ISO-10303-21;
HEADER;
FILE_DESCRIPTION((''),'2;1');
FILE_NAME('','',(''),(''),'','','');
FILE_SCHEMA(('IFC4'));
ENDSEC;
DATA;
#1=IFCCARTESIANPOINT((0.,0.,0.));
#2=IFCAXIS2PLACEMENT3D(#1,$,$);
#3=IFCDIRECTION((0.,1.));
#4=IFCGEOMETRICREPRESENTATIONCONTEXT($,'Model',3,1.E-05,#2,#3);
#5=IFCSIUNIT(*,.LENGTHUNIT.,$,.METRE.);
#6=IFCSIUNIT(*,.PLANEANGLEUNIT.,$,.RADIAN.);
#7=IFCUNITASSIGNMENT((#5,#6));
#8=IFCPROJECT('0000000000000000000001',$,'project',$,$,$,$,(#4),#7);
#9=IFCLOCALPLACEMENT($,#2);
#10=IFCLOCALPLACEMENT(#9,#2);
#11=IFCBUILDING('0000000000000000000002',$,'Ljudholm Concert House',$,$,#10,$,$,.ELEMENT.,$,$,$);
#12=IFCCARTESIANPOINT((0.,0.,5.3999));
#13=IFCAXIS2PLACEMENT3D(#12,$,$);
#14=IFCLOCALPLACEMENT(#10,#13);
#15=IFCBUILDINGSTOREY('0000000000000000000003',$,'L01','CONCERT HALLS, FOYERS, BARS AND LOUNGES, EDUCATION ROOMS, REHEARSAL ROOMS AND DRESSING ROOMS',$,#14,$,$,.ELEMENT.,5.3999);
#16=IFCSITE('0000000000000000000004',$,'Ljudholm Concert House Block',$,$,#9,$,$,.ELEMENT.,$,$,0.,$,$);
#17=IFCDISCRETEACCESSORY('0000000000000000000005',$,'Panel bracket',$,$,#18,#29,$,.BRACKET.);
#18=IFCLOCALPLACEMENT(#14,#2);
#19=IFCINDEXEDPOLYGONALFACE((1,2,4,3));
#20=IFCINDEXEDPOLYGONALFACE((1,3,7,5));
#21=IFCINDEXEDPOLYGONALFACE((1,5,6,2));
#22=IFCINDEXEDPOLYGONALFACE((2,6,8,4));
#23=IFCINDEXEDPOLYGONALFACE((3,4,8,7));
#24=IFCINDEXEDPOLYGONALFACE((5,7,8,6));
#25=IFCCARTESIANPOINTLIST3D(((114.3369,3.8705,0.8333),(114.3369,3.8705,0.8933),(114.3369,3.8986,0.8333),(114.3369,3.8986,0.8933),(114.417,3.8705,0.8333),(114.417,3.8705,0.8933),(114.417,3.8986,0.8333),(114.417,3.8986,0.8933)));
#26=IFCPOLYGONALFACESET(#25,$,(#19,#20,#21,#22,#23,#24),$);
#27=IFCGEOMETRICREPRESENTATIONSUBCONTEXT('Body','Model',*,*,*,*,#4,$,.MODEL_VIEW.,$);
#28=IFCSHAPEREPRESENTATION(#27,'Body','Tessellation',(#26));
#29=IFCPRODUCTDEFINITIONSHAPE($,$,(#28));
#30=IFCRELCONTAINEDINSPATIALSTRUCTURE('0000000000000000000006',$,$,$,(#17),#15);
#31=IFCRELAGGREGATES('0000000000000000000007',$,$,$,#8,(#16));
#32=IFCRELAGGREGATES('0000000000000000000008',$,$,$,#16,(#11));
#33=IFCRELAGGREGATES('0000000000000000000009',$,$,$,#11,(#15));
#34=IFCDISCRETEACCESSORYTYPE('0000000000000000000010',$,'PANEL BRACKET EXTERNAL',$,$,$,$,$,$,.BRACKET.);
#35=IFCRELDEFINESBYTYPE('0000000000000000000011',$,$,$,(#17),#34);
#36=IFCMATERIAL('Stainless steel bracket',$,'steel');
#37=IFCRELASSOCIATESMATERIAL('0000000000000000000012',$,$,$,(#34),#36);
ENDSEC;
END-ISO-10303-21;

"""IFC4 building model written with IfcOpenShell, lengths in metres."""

from ifc_helpers import new_model, si_unit, direction, frame, origin, origin_2d, place, context, subcontext, project, spatial, rectangle, extrude, material, type_object, element, save


model = new_model("IFC4")

# Units and contexts
model_context = context("Model", 3, precision=1e-05, world=origin(), true_north=direction((0.0, 1.0)))
body_context = subcontext(model_context, "Body", "Model", "MODEL_VIEW")
ifc_project = project(units=[si_unit("LENGTHUNIT", "METRE"), si_unit("PLANEANGLEUNIT", "RADIAN")], contexts=[model_context])

# Site, building, storey
site_placement = place(None, origin())
site = spatial("IfcSite", under=ifc_project, at=site_placement, Name="Ljudholm Concert House Block", CompositionType="ELEMENT", RefElevation=0.0)
building_placement = place(site_placement, origin())
building = spatial("IfcBuilding", under=site, at=building_placement, Name="Ljudholm Concert House", CompositionType="ELEMENT")
storey_placement = place(building_placement, frame((0.0, 0.0, 5.3999)))
storey = spatial("IfcBuildingStorey", under=building, at=storey_placement, Name="L01", Description="CONCERT HALLS, FOYERS, BARS AND LOUNGES, EDUCATION ROOMS, REHEARSAL ROOMS AND DRESSING ROOMS", CompositionType="ELEMENT", Elevation=5.3999)

# Discrete accessory
ifc_material_1 = material(Name="Stainless steel bracket", Category="steel")
discrete_accessory_type_1 = type_object("IfcDiscreteAccessoryType", Name="PANEL BRACKET EXTERNAL", PredefinedType="BRACKET", material=ifc_material_1)
discrete_accessory_placement = place(storey_placement, frame((114.377, 3.8845, 0.8333), z_axis=(0.0, 0.0, 1.0), x_axis=(0.0, -1.0, 0.0)))
element("IfcDiscreteAccessory", 1, at=discrete_accessory_placement, inside=storey, type_object=discrete_accessory_type_1, Name="Panel bracket", PredefinedType="BRACKET", context=body_context, shape_type="SweptSolid", body=[
    extrude(rectangle(XDim=0.0281, YDim=0.0801, at=origin_2d()), origin(), (0.0, 0.0, 1.0), 0.0601),
])

save(model, "model.ifc")
